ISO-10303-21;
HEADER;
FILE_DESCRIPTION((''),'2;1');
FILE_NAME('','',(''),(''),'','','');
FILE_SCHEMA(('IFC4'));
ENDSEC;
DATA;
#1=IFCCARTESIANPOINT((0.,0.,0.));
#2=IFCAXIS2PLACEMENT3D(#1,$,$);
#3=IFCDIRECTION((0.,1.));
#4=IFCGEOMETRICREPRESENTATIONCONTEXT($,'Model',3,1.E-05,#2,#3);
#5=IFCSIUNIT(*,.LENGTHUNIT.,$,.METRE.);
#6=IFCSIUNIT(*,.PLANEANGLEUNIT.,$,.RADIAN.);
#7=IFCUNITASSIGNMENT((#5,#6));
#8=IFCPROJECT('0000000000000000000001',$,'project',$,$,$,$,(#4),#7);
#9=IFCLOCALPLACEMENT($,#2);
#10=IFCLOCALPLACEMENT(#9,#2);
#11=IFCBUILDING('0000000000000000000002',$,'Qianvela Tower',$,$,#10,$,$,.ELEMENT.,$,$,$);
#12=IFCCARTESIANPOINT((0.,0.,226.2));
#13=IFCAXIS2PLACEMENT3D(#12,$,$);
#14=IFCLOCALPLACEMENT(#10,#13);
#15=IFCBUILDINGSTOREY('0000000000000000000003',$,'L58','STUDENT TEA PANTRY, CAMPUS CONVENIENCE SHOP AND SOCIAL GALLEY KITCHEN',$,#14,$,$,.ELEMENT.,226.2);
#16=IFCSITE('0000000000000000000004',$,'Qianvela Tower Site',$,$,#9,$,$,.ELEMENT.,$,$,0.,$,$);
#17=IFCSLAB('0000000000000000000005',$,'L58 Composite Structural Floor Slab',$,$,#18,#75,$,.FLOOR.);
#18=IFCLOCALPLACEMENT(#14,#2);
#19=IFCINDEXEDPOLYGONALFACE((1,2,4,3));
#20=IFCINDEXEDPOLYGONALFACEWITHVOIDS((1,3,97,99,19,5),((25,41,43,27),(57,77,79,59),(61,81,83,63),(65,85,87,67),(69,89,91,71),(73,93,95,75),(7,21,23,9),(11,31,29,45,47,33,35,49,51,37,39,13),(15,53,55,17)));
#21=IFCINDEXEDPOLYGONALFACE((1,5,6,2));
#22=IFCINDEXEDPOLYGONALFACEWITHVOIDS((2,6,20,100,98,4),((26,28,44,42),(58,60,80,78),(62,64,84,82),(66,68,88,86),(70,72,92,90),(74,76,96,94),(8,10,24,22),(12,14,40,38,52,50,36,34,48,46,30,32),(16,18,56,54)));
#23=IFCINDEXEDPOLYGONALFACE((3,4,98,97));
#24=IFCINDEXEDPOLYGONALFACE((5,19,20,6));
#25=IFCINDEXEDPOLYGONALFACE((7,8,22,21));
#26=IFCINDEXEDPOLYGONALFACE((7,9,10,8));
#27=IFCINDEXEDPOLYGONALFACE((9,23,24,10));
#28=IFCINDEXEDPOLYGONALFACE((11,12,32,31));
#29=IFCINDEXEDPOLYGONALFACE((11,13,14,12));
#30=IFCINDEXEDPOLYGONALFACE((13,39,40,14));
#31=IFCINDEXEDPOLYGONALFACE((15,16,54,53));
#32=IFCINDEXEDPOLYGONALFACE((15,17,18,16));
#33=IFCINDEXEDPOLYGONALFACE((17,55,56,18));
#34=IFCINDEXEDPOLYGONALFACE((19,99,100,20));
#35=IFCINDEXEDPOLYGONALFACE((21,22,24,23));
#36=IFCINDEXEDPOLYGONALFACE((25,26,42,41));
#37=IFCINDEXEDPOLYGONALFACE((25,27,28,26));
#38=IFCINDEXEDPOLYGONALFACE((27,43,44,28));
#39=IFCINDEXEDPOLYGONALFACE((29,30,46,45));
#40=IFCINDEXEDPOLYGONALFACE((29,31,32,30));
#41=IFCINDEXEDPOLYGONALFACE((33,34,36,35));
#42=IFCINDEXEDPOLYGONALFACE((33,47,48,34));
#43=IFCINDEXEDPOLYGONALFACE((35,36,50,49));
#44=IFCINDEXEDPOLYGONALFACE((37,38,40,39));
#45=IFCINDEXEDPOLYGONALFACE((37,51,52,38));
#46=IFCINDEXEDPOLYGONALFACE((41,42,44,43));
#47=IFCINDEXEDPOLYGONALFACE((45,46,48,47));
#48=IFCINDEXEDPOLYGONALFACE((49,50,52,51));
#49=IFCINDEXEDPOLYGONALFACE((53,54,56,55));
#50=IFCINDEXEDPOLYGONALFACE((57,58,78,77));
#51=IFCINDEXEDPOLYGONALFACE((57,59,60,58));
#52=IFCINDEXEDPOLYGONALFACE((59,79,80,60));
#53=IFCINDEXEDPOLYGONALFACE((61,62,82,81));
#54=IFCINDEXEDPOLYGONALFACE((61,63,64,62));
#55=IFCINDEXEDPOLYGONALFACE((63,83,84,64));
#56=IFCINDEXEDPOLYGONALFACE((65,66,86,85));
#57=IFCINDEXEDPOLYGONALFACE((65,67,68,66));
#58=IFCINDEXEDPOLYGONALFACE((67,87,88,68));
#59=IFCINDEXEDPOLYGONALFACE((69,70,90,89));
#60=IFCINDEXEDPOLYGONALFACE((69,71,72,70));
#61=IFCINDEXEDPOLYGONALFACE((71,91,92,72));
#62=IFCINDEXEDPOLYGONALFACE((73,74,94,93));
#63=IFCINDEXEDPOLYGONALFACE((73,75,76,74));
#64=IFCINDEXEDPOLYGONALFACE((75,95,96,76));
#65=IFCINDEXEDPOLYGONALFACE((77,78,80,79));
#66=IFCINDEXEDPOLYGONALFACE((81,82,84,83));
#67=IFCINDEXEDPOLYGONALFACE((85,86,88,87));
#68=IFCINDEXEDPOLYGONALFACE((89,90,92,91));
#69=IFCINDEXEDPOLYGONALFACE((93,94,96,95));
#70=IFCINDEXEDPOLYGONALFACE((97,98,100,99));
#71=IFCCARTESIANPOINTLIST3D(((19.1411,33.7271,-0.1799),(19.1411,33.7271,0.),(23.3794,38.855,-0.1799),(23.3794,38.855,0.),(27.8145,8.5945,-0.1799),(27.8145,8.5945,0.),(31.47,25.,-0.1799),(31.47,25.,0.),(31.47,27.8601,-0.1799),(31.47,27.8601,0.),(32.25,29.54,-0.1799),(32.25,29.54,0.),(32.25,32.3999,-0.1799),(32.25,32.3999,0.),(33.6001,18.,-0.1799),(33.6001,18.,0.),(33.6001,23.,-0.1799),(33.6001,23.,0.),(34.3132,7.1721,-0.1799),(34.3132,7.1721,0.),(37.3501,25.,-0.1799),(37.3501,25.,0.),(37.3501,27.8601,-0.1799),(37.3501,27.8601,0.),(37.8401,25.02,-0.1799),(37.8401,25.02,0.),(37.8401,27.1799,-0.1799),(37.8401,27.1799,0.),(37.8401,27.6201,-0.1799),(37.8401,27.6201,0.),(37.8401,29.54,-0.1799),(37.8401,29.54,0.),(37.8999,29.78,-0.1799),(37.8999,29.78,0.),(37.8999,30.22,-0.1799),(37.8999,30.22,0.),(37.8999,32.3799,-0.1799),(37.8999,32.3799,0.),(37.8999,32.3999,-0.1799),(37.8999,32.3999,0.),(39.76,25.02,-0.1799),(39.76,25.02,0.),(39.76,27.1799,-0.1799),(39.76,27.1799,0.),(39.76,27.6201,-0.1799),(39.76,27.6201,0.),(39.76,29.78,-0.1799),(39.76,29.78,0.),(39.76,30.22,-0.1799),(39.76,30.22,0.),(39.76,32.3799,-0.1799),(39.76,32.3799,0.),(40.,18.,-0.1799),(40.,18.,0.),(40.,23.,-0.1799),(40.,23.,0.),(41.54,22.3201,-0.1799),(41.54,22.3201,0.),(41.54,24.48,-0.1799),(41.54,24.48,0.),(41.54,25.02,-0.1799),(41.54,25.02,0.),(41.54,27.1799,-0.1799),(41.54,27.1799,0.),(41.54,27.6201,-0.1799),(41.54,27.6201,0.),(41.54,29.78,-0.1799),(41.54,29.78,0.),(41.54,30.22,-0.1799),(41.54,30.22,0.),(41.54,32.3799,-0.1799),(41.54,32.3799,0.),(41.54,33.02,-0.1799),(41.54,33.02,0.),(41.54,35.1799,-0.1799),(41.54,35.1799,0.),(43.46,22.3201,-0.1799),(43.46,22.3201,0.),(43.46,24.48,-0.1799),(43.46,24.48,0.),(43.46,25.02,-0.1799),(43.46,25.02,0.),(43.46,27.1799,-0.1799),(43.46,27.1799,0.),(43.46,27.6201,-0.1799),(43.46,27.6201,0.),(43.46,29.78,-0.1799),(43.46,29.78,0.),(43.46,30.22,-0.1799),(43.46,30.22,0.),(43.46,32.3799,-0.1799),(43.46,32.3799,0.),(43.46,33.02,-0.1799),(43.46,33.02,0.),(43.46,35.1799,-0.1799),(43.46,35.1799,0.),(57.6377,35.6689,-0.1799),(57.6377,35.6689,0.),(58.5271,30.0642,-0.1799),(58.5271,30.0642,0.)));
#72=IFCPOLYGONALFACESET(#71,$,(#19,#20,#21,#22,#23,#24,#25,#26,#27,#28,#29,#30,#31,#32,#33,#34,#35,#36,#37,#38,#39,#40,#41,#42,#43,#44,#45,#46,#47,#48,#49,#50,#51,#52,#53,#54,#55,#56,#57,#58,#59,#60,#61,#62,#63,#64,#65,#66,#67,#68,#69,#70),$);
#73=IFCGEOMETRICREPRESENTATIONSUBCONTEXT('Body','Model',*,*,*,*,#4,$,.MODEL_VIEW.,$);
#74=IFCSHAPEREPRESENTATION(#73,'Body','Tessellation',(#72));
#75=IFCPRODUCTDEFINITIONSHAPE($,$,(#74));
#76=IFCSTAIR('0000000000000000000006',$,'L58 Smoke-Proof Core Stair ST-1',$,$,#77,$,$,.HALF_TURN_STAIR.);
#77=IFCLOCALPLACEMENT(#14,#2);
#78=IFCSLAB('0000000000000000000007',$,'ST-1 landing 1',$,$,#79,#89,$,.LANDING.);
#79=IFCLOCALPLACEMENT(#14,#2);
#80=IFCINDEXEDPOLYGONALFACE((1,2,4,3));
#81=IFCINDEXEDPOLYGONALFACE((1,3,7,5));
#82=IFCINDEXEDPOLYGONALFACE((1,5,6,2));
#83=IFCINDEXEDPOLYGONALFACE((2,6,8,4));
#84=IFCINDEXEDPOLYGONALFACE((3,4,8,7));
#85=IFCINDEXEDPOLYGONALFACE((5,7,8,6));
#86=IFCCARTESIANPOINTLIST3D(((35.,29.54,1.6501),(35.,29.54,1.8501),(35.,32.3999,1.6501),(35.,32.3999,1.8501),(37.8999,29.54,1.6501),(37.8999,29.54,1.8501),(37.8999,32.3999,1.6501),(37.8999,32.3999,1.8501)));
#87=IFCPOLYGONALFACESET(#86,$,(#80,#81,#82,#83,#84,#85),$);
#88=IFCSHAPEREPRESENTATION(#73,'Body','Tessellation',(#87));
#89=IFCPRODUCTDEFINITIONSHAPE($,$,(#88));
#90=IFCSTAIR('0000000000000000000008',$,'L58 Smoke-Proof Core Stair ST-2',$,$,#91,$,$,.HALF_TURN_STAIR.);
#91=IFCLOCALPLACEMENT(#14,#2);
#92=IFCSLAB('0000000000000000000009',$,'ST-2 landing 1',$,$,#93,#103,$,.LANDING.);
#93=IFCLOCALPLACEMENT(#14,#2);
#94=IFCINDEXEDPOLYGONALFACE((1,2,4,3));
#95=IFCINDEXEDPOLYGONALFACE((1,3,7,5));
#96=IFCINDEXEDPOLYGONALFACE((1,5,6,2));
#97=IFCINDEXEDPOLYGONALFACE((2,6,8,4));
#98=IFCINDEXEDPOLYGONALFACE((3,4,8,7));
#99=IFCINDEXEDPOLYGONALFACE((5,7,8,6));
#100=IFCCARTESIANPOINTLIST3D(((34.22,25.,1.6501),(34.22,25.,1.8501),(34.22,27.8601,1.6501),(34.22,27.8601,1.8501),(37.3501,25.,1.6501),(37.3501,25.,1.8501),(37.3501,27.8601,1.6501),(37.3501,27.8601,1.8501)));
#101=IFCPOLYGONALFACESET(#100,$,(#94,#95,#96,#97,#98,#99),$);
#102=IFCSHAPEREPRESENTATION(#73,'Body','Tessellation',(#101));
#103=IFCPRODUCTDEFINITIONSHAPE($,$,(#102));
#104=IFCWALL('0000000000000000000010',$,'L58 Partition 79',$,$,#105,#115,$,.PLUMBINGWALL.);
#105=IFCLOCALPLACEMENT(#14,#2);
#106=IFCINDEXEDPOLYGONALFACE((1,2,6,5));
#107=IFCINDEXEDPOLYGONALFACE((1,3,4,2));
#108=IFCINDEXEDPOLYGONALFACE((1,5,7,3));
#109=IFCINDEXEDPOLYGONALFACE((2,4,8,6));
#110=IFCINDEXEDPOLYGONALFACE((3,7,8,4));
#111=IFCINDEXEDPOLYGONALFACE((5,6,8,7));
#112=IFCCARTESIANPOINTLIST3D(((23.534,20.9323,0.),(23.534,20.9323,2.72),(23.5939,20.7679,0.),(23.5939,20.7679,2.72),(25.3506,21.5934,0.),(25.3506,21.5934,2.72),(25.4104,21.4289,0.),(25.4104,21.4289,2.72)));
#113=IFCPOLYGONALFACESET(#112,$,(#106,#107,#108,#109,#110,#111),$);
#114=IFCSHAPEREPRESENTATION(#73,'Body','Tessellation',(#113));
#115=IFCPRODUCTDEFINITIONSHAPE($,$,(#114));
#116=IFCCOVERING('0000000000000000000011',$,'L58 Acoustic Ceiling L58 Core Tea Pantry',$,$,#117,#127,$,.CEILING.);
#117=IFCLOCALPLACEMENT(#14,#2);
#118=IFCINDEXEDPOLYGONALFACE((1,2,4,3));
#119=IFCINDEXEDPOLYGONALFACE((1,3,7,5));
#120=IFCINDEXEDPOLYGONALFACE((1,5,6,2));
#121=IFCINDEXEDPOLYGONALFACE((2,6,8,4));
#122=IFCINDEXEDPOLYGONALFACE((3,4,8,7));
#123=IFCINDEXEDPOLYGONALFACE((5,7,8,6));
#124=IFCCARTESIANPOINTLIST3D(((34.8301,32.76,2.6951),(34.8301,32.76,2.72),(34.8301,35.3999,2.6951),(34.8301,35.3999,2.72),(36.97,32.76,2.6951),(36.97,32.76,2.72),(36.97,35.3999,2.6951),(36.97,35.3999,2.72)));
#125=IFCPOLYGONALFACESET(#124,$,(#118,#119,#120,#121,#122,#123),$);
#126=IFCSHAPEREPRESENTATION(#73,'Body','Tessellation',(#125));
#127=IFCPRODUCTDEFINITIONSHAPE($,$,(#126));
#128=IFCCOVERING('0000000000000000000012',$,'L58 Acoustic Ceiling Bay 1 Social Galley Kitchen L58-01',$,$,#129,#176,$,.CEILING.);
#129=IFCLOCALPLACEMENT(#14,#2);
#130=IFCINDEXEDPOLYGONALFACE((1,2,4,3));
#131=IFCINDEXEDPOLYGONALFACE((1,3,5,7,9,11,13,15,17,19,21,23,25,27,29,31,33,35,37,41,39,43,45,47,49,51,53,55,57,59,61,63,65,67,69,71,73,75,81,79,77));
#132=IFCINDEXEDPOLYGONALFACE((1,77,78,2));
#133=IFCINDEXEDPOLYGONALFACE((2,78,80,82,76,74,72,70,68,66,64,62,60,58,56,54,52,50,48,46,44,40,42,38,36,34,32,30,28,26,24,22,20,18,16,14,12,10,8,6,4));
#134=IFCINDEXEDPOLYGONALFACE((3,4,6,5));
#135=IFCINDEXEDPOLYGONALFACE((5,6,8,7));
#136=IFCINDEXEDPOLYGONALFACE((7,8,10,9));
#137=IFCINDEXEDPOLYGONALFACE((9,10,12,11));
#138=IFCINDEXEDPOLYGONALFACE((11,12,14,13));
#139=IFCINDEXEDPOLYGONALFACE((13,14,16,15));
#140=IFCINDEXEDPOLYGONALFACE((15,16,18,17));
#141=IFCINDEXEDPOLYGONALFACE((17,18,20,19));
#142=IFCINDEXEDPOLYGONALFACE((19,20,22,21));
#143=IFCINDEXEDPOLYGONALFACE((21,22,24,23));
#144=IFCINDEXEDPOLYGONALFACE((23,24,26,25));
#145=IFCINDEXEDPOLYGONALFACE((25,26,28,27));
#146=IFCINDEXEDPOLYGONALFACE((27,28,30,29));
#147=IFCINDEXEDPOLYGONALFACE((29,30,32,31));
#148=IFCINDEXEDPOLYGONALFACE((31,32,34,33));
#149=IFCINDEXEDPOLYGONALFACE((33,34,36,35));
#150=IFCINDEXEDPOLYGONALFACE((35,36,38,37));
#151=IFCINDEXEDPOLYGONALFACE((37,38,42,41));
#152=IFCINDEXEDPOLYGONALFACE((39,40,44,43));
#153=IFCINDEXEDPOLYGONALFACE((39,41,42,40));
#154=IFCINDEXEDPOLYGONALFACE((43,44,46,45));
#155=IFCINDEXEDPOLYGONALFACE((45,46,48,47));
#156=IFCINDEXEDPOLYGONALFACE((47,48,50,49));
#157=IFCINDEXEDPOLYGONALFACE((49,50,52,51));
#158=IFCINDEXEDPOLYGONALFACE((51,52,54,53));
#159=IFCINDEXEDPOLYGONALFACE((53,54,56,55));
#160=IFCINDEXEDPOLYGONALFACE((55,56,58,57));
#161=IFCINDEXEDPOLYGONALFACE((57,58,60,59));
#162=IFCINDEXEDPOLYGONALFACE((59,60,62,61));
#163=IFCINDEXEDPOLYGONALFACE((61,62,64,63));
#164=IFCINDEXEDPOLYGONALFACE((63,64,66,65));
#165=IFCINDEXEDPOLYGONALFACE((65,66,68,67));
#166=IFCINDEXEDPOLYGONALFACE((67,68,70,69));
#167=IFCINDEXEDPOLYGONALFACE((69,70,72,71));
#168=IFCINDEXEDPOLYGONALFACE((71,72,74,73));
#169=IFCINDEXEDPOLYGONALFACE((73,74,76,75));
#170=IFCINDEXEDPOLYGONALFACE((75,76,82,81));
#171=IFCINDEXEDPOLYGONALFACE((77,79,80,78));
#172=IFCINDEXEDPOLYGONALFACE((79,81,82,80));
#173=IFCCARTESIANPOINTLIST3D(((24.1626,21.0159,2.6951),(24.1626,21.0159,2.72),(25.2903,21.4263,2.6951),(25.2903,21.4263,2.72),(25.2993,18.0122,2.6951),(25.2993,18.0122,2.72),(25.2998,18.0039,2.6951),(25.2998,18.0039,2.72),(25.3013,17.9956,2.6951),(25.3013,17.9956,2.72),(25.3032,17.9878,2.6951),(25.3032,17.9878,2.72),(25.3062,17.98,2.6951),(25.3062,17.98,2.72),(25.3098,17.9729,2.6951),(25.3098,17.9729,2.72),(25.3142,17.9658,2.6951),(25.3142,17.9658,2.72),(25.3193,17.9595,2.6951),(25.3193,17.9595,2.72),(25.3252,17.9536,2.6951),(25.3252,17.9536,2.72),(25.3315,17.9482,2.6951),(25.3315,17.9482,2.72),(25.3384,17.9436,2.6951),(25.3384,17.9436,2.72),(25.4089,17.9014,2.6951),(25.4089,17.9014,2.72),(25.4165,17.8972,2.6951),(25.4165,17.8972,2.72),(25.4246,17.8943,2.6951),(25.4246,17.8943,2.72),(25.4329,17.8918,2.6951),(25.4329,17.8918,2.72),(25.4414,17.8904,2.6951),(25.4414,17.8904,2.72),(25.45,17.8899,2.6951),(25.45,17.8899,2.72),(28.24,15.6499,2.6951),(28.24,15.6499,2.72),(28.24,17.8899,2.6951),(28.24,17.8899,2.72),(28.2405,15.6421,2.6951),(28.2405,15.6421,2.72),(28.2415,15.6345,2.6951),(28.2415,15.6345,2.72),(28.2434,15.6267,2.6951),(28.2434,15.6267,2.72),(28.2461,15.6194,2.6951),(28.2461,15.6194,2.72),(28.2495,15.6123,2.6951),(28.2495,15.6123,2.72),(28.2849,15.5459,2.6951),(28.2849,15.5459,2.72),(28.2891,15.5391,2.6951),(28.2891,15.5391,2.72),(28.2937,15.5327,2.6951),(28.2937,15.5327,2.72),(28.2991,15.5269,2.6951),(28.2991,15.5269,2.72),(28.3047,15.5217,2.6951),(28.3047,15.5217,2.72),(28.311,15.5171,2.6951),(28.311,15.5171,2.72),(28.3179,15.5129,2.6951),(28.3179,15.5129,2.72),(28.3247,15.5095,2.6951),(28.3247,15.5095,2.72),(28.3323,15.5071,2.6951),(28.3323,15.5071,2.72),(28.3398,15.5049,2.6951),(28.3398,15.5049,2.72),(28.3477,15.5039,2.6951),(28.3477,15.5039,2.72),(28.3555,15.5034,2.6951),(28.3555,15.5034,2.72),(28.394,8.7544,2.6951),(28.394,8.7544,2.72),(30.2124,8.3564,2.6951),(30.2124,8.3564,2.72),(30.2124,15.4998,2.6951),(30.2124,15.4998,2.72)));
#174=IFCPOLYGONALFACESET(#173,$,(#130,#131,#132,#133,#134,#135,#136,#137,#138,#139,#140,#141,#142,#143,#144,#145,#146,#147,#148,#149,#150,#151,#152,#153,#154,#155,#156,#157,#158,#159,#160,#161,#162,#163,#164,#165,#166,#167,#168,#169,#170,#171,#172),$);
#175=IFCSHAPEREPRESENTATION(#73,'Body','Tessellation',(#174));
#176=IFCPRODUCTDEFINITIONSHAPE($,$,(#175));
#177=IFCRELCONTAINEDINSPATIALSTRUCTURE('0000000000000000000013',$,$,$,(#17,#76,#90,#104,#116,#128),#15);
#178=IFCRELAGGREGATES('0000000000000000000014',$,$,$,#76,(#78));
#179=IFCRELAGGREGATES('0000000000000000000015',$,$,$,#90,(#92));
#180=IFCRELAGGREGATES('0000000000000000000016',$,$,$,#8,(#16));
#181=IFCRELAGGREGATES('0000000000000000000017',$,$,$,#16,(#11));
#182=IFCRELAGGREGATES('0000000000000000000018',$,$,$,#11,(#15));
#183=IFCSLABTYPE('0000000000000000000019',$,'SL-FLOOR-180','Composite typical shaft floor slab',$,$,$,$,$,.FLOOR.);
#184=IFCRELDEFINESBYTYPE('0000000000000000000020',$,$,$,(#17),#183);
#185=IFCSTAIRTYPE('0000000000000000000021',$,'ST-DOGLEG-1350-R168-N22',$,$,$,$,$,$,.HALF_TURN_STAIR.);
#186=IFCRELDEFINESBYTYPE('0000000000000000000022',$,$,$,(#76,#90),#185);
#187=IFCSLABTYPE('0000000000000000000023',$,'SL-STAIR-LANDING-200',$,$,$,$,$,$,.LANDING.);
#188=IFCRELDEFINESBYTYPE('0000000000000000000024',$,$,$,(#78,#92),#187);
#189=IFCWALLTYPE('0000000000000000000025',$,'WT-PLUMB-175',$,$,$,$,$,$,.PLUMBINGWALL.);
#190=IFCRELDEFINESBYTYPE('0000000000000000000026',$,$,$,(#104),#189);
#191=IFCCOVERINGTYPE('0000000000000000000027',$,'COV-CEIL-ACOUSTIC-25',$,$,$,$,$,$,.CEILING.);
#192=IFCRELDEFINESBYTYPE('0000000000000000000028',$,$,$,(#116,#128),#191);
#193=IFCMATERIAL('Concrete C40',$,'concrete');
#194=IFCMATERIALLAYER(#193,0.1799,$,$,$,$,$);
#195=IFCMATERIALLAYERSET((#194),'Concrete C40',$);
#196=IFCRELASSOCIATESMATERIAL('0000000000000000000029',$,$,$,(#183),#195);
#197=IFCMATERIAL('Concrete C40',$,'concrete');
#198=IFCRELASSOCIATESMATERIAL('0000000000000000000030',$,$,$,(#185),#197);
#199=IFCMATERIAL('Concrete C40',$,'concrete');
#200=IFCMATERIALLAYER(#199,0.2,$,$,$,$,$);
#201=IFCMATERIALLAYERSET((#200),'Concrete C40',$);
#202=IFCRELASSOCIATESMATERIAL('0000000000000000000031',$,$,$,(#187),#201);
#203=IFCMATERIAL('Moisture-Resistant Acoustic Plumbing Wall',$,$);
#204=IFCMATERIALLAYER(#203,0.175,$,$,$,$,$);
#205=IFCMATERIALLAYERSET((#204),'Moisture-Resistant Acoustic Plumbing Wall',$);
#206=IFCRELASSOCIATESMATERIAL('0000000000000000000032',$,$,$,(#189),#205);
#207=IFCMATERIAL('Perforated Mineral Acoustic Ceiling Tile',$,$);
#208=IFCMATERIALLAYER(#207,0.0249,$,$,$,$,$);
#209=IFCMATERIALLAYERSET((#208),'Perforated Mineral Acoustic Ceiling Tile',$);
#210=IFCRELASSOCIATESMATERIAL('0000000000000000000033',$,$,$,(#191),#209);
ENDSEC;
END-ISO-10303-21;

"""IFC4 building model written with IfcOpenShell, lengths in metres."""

from ifc_helpers import new_model, si_unit, direction, frame, frame_2d, origin, place, context, subcontext, project, spatial, polyline, rectangle, outline, extrude, material, layer, layer_set, type_object, element, aggregate, save


model = new_model("IFC4")

# Units and contexts
model_context = context("Model", 3, precision=1e-05, world=origin(), true_north=direction((0.0, 1.0)))
body_context = subcontext(model_context, "Body", "Model", "MODEL_VIEW")
ifc_project = project(units=[si_unit("LENGTHUNIT", "METRE"), si_unit("PLANEANGLEUNIT", "RADIAN")], contexts=[model_context])

# Site, building, storey
site_placement = place(None, origin())
site = spatial("IfcSite", under=ifc_project, at=site_placement, Name="Qianvela Tower Site", CompositionType="ELEMENT", RefElevation=0.0)
building_placement = place(site_placement, origin())
building = spatial("IfcBuilding", under=site, at=building_placement, Name="Qianvela Tower", CompositionType="ELEMENT")
storey_placement = place(building_placement, frame((0.0, 0.0, 226.2)))
storey = spatial("IfcBuildingStorey", under=building, at=storey_placement, Name="L58", Description="STUDENT TEA PANTRY, CAMPUS CONVENIENCE SHOP AND SOCIAL GALLEY KITCHEN", CompositionType="ELEMENT", Elevation=226.2)

# Slab
ifc_material_1 = material(Name="Concrete C40", Category="concrete")
ifc_layer_1 = layer(ifc_material_1, 0.1799)
ifc_layer_set_1 = layer_set([ifc_layer_1], Name="Concrete C40")
slab_type_1 = type_object("IfcSlabType", Name="SL-FLOOR-180", Description="Composite typical shaft floor slab", PredefinedType="FLOOR", material=ifc_layer_set_1)
slab_1_placement = place(storey_placement, frame((0.0, 0.0, -0.1799)))
element("IfcSlab", 1, at=slab_1_placement, inside=storey, type_object=slab_type_1, Name="L58 Composite Structural Floor Slab", PredefinedType="FLOOR", context=body_context, shape_type="SweptSolid", body=[
    extrude(outline(polyline([(58.5271, 30.0642), (57.6377, 35.6689), (23.3794, 38.855), (19.1411, 33.7271), (27.8145, 8.5945), (34.3132, 7.1721), (58.5271, 30.0642)]), holes=[polyline([(40.0, 23.0), (33.6001, 23.0), (33.6001, 18.0), (40.0, 18.0), (40.0, 23.0)]), polyline([(39.76, 27.1799), (37.8401, 27.1799), (37.8401, 25.02), (39.76, 25.02), (39.76, 27.1799)]), polyline([(37.3501, 27.8601), (31.47, 27.8601), (31.47, 25.0), (37.3501, 25.0), (37.3501, 27.8601)]), polyline([(37.8401, 27.6201), (39.76, 27.6201), (39.76, 29.78), (37.8999, 29.78), (37.8999, 30.22), (39.76, 30.22), (39.76, 32.3799), (37.8999, 32.3799), (37.8999, 32.3999), (32.25, 32.3999), (32.25, 29.54), (37.8401, 29.54), (37.8401, 27.6201)]), polyline([(43.46, 22.3201), (43.46, 24.48), (41.54, 24.48), (41.54, 22.3201), (43.46, 22.3201)]), polyline([(43.46, 25.02), (43.46, 27.1799), (41.54, 27.1799), (41.54, 25.02), (43.46, 25.02)]), polyline([(43.46, 29.78), (41.54, 29.78), (41.54, 27.6201), (43.46, 27.6201), (43.46, 29.78)]), polyline([(43.46, 30.22), (43.46, 32.3799), (41.54, 32.3799), (41.54, 30.22), (43.46, 30.22)]), polyline([(43.46, 33.02), (43.46, 35.1799), (41.54, 35.1799), (41.54, 33.02), (43.46, 33.02)])]), origin(), (0.0, 0.0, 1.0), 0.1799),
])

# Stairs, slabs
ifc_material_2 = material(Name="Concrete C40", Category="concrete")
stair_type = type_object("IfcStairType", Name="ST-DOGLEG-1350-R168-N22", PredefinedType="HALF_TURN_STAIR", material=ifc_material_2)
stair_1_placement = place(storey_placement, origin())
stair_1 = element("IfcStair", 2, at=stair_1_placement, inside=storey, type_object=stair_type, Name="L58 Smoke-Proof Core Stair ST-1", PredefinedType="HALF_TURN_STAIR")
ifc_material_3 = material(Name="Concrete C40", Category="concrete")
ifc_layer_2 = layer(ifc_material_3, 0.2)
ifc_layer_set_2 = layer_set([ifc_layer_2], Name="Concrete C40")
slab_type_2 = type_object("IfcSlabType", Name="SL-STAIR-LANDING-200", PredefinedType="LANDING", material=ifc_layer_set_2)
slab_2_placement = place(storey_placement, frame((0.0, 0.0, 1.6501)))
slab_2 = element("IfcSlab", 3, at=slab_2_placement, type_object=slab_type_2, Name="ST-1 landing 1", PredefinedType="LANDING", context=body_context, shape_type="SweptSolid", body=[
    extrude(outline(polyline([(35.0, 29.54), (37.8999, 29.54), (37.8999, 32.3999), (35.0, 32.3999), (35.0, 29.54)])), origin(), (0.0, 0.0, 1.0), 0.2),
])
aggregate(stair_1, [slab_2])
stair_2_placement = place(storey_placement, origin())
stair_2 = element("IfcStair", 4, at=stair_2_placement, inside=storey, type_object=stair_type, Name="L58 Smoke-Proof Core Stair ST-2", PredefinedType="HALF_TURN_STAIR")
slab_3_placement = place(storey_placement, frame((0.0, 0.0, 1.6501)))
slab_3 = element("IfcSlab", 5, at=slab_3_placement, type_object=slab_type_2, Name="ST-2 landing 1", PredefinedType="LANDING", context=body_context, shape_type="SweptSolid", body=[
    extrude(outline(polyline([(34.22, 25.0), (37.3501, 25.0), (37.3501, 27.8601), (34.22, 27.8601), (34.22, 25.0)])), origin(), (0.0, 0.0, 1.0), 0.2),
])
aggregate(stair_2, [slab_3])

# Wall
ifc_material_4 = material(Name="Moisture-Resistant Acoustic Plumbing Wall")
ifc_layer_3 = layer(ifc_material_4, 0.175)
ifc_layer_set_3 = layer_set([ifc_layer_3], Name="Moisture-Resistant Acoustic Plumbing Wall")
wall_type = type_object("IfcWallType", Name="WT-PLUMB-175", PredefinedType="PLUMBINGWALL", material=ifc_layer_set_3)
wall_placement = place(storey_placement, frame((23.564, 20.8501, 0.0), z_axis=(0.0, 0.0, 1.0), x_axis=(0.939705, 0.341986, 0.0)))
element("IfcWall", 6, at=wall_placement, inside=storey, type_object=wall_type, Name="L58 Partition 79", PredefinedType="PLUMBINGWALL", context=body_context, shape_type="SweptSolid", body=[
    extrude(rectangle(XDim=1.9331, YDim=0.175, at=frame_2d((0.9666, 0.0))), origin(), (0.0, 0.0, 1.0), 2.72),
])

# Coverings
ifc_material_5 = material(Name="Perforated Mineral Acoustic Ceiling Tile")
ifc_layer_4 = layer(ifc_material_5, 0.0249)
ifc_layer_set_4 = layer_set([ifc_layer_4], Name="Perforated Mineral Acoustic Ceiling Tile")
covering_type_1 = type_object("IfcCoveringType", Name="COV-CEIL-ACOUSTIC-25", PredefinedType="CEILING", material=ifc_layer_set_4)
covering_1_placement = place(storey_placement, frame((0.0, 0.0, 2.6951)))
element("IfcCovering", 7, at=covering_1_placement, inside=storey, type_object=covering_type_1, Name="L58 Acoustic Ceiling L58 Core Tea Pantry", PredefinedType="CEILING", context=body_context, shape_type="SweptSolid", body=[
    extrude(outline(polyline([(36.97, 32.76), (34.8301, 32.76), (34.8301, 35.3999), (36.97, 35.3999), (36.97, 32.76)])), origin(), (0.0, 0.0, 1.0), 0.0249),
])
covering_2_placement = place(storey_placement, frame((0.0, 0.0, 2.6951)))
element("IfcCovering", 8, at=covering_2_placement, inside=storey, type_object=covering_type_1, Name="L58 Acoustic Ceiling Bay 1 Social Galley Kitchen L58-01", PredefinedType="CEILING", context=body_context, shape_type="SweptSolid", body=[
    extrude(outline(polyline([(25.2903, 21.4263), (25.2993, 18.0122), (25.2998, 18.0039), (25.3013, 17.9956), (25.3032, 17.9878), (25.3062, 17.98), (25.3098, 17.9729), (25.3142, 17.9658), (25.3193, 17.9595), (25.3252, 17.9536), (25.3315, 17.9482), (25.3384, 17.9436), (25.4089, 17.9014), (25.4165, 17.8972), (25.4246, 17.8943), (25.4329, 17.8918), (25.4414, 17.8904), (25.45, 17.8899), (28.24, 17.8899), (28.24, 15.6499), (28.2405, 15.6421), (28.2415, 15.6345), (28.2434, 15.6267), (28.2461, 15.6194), (28.2495, 15.6123), (28.2849, 15.5459), (28.2891, 15.5391), (28.2937, 15.5327), (28.2991, 15.5269), (28.3047, 15.5217), (28.311, 15.5171), (28.3179, 15.5129), (28.3247, 15.5095), (28.3323, 15.5071), (28.3398, 15.5049), (28.3477, 15.5039), (28.3555, 15.5034), (30.2124, 15.4998), (30.2124, 8.3564), (28.394, 8.7544), (24.1626, 21.0159), (25.2903, 21.4263)])), origin(), (0.0, 0.0, 1.0), 0.0249),
])

save(model, "model.ifc")
